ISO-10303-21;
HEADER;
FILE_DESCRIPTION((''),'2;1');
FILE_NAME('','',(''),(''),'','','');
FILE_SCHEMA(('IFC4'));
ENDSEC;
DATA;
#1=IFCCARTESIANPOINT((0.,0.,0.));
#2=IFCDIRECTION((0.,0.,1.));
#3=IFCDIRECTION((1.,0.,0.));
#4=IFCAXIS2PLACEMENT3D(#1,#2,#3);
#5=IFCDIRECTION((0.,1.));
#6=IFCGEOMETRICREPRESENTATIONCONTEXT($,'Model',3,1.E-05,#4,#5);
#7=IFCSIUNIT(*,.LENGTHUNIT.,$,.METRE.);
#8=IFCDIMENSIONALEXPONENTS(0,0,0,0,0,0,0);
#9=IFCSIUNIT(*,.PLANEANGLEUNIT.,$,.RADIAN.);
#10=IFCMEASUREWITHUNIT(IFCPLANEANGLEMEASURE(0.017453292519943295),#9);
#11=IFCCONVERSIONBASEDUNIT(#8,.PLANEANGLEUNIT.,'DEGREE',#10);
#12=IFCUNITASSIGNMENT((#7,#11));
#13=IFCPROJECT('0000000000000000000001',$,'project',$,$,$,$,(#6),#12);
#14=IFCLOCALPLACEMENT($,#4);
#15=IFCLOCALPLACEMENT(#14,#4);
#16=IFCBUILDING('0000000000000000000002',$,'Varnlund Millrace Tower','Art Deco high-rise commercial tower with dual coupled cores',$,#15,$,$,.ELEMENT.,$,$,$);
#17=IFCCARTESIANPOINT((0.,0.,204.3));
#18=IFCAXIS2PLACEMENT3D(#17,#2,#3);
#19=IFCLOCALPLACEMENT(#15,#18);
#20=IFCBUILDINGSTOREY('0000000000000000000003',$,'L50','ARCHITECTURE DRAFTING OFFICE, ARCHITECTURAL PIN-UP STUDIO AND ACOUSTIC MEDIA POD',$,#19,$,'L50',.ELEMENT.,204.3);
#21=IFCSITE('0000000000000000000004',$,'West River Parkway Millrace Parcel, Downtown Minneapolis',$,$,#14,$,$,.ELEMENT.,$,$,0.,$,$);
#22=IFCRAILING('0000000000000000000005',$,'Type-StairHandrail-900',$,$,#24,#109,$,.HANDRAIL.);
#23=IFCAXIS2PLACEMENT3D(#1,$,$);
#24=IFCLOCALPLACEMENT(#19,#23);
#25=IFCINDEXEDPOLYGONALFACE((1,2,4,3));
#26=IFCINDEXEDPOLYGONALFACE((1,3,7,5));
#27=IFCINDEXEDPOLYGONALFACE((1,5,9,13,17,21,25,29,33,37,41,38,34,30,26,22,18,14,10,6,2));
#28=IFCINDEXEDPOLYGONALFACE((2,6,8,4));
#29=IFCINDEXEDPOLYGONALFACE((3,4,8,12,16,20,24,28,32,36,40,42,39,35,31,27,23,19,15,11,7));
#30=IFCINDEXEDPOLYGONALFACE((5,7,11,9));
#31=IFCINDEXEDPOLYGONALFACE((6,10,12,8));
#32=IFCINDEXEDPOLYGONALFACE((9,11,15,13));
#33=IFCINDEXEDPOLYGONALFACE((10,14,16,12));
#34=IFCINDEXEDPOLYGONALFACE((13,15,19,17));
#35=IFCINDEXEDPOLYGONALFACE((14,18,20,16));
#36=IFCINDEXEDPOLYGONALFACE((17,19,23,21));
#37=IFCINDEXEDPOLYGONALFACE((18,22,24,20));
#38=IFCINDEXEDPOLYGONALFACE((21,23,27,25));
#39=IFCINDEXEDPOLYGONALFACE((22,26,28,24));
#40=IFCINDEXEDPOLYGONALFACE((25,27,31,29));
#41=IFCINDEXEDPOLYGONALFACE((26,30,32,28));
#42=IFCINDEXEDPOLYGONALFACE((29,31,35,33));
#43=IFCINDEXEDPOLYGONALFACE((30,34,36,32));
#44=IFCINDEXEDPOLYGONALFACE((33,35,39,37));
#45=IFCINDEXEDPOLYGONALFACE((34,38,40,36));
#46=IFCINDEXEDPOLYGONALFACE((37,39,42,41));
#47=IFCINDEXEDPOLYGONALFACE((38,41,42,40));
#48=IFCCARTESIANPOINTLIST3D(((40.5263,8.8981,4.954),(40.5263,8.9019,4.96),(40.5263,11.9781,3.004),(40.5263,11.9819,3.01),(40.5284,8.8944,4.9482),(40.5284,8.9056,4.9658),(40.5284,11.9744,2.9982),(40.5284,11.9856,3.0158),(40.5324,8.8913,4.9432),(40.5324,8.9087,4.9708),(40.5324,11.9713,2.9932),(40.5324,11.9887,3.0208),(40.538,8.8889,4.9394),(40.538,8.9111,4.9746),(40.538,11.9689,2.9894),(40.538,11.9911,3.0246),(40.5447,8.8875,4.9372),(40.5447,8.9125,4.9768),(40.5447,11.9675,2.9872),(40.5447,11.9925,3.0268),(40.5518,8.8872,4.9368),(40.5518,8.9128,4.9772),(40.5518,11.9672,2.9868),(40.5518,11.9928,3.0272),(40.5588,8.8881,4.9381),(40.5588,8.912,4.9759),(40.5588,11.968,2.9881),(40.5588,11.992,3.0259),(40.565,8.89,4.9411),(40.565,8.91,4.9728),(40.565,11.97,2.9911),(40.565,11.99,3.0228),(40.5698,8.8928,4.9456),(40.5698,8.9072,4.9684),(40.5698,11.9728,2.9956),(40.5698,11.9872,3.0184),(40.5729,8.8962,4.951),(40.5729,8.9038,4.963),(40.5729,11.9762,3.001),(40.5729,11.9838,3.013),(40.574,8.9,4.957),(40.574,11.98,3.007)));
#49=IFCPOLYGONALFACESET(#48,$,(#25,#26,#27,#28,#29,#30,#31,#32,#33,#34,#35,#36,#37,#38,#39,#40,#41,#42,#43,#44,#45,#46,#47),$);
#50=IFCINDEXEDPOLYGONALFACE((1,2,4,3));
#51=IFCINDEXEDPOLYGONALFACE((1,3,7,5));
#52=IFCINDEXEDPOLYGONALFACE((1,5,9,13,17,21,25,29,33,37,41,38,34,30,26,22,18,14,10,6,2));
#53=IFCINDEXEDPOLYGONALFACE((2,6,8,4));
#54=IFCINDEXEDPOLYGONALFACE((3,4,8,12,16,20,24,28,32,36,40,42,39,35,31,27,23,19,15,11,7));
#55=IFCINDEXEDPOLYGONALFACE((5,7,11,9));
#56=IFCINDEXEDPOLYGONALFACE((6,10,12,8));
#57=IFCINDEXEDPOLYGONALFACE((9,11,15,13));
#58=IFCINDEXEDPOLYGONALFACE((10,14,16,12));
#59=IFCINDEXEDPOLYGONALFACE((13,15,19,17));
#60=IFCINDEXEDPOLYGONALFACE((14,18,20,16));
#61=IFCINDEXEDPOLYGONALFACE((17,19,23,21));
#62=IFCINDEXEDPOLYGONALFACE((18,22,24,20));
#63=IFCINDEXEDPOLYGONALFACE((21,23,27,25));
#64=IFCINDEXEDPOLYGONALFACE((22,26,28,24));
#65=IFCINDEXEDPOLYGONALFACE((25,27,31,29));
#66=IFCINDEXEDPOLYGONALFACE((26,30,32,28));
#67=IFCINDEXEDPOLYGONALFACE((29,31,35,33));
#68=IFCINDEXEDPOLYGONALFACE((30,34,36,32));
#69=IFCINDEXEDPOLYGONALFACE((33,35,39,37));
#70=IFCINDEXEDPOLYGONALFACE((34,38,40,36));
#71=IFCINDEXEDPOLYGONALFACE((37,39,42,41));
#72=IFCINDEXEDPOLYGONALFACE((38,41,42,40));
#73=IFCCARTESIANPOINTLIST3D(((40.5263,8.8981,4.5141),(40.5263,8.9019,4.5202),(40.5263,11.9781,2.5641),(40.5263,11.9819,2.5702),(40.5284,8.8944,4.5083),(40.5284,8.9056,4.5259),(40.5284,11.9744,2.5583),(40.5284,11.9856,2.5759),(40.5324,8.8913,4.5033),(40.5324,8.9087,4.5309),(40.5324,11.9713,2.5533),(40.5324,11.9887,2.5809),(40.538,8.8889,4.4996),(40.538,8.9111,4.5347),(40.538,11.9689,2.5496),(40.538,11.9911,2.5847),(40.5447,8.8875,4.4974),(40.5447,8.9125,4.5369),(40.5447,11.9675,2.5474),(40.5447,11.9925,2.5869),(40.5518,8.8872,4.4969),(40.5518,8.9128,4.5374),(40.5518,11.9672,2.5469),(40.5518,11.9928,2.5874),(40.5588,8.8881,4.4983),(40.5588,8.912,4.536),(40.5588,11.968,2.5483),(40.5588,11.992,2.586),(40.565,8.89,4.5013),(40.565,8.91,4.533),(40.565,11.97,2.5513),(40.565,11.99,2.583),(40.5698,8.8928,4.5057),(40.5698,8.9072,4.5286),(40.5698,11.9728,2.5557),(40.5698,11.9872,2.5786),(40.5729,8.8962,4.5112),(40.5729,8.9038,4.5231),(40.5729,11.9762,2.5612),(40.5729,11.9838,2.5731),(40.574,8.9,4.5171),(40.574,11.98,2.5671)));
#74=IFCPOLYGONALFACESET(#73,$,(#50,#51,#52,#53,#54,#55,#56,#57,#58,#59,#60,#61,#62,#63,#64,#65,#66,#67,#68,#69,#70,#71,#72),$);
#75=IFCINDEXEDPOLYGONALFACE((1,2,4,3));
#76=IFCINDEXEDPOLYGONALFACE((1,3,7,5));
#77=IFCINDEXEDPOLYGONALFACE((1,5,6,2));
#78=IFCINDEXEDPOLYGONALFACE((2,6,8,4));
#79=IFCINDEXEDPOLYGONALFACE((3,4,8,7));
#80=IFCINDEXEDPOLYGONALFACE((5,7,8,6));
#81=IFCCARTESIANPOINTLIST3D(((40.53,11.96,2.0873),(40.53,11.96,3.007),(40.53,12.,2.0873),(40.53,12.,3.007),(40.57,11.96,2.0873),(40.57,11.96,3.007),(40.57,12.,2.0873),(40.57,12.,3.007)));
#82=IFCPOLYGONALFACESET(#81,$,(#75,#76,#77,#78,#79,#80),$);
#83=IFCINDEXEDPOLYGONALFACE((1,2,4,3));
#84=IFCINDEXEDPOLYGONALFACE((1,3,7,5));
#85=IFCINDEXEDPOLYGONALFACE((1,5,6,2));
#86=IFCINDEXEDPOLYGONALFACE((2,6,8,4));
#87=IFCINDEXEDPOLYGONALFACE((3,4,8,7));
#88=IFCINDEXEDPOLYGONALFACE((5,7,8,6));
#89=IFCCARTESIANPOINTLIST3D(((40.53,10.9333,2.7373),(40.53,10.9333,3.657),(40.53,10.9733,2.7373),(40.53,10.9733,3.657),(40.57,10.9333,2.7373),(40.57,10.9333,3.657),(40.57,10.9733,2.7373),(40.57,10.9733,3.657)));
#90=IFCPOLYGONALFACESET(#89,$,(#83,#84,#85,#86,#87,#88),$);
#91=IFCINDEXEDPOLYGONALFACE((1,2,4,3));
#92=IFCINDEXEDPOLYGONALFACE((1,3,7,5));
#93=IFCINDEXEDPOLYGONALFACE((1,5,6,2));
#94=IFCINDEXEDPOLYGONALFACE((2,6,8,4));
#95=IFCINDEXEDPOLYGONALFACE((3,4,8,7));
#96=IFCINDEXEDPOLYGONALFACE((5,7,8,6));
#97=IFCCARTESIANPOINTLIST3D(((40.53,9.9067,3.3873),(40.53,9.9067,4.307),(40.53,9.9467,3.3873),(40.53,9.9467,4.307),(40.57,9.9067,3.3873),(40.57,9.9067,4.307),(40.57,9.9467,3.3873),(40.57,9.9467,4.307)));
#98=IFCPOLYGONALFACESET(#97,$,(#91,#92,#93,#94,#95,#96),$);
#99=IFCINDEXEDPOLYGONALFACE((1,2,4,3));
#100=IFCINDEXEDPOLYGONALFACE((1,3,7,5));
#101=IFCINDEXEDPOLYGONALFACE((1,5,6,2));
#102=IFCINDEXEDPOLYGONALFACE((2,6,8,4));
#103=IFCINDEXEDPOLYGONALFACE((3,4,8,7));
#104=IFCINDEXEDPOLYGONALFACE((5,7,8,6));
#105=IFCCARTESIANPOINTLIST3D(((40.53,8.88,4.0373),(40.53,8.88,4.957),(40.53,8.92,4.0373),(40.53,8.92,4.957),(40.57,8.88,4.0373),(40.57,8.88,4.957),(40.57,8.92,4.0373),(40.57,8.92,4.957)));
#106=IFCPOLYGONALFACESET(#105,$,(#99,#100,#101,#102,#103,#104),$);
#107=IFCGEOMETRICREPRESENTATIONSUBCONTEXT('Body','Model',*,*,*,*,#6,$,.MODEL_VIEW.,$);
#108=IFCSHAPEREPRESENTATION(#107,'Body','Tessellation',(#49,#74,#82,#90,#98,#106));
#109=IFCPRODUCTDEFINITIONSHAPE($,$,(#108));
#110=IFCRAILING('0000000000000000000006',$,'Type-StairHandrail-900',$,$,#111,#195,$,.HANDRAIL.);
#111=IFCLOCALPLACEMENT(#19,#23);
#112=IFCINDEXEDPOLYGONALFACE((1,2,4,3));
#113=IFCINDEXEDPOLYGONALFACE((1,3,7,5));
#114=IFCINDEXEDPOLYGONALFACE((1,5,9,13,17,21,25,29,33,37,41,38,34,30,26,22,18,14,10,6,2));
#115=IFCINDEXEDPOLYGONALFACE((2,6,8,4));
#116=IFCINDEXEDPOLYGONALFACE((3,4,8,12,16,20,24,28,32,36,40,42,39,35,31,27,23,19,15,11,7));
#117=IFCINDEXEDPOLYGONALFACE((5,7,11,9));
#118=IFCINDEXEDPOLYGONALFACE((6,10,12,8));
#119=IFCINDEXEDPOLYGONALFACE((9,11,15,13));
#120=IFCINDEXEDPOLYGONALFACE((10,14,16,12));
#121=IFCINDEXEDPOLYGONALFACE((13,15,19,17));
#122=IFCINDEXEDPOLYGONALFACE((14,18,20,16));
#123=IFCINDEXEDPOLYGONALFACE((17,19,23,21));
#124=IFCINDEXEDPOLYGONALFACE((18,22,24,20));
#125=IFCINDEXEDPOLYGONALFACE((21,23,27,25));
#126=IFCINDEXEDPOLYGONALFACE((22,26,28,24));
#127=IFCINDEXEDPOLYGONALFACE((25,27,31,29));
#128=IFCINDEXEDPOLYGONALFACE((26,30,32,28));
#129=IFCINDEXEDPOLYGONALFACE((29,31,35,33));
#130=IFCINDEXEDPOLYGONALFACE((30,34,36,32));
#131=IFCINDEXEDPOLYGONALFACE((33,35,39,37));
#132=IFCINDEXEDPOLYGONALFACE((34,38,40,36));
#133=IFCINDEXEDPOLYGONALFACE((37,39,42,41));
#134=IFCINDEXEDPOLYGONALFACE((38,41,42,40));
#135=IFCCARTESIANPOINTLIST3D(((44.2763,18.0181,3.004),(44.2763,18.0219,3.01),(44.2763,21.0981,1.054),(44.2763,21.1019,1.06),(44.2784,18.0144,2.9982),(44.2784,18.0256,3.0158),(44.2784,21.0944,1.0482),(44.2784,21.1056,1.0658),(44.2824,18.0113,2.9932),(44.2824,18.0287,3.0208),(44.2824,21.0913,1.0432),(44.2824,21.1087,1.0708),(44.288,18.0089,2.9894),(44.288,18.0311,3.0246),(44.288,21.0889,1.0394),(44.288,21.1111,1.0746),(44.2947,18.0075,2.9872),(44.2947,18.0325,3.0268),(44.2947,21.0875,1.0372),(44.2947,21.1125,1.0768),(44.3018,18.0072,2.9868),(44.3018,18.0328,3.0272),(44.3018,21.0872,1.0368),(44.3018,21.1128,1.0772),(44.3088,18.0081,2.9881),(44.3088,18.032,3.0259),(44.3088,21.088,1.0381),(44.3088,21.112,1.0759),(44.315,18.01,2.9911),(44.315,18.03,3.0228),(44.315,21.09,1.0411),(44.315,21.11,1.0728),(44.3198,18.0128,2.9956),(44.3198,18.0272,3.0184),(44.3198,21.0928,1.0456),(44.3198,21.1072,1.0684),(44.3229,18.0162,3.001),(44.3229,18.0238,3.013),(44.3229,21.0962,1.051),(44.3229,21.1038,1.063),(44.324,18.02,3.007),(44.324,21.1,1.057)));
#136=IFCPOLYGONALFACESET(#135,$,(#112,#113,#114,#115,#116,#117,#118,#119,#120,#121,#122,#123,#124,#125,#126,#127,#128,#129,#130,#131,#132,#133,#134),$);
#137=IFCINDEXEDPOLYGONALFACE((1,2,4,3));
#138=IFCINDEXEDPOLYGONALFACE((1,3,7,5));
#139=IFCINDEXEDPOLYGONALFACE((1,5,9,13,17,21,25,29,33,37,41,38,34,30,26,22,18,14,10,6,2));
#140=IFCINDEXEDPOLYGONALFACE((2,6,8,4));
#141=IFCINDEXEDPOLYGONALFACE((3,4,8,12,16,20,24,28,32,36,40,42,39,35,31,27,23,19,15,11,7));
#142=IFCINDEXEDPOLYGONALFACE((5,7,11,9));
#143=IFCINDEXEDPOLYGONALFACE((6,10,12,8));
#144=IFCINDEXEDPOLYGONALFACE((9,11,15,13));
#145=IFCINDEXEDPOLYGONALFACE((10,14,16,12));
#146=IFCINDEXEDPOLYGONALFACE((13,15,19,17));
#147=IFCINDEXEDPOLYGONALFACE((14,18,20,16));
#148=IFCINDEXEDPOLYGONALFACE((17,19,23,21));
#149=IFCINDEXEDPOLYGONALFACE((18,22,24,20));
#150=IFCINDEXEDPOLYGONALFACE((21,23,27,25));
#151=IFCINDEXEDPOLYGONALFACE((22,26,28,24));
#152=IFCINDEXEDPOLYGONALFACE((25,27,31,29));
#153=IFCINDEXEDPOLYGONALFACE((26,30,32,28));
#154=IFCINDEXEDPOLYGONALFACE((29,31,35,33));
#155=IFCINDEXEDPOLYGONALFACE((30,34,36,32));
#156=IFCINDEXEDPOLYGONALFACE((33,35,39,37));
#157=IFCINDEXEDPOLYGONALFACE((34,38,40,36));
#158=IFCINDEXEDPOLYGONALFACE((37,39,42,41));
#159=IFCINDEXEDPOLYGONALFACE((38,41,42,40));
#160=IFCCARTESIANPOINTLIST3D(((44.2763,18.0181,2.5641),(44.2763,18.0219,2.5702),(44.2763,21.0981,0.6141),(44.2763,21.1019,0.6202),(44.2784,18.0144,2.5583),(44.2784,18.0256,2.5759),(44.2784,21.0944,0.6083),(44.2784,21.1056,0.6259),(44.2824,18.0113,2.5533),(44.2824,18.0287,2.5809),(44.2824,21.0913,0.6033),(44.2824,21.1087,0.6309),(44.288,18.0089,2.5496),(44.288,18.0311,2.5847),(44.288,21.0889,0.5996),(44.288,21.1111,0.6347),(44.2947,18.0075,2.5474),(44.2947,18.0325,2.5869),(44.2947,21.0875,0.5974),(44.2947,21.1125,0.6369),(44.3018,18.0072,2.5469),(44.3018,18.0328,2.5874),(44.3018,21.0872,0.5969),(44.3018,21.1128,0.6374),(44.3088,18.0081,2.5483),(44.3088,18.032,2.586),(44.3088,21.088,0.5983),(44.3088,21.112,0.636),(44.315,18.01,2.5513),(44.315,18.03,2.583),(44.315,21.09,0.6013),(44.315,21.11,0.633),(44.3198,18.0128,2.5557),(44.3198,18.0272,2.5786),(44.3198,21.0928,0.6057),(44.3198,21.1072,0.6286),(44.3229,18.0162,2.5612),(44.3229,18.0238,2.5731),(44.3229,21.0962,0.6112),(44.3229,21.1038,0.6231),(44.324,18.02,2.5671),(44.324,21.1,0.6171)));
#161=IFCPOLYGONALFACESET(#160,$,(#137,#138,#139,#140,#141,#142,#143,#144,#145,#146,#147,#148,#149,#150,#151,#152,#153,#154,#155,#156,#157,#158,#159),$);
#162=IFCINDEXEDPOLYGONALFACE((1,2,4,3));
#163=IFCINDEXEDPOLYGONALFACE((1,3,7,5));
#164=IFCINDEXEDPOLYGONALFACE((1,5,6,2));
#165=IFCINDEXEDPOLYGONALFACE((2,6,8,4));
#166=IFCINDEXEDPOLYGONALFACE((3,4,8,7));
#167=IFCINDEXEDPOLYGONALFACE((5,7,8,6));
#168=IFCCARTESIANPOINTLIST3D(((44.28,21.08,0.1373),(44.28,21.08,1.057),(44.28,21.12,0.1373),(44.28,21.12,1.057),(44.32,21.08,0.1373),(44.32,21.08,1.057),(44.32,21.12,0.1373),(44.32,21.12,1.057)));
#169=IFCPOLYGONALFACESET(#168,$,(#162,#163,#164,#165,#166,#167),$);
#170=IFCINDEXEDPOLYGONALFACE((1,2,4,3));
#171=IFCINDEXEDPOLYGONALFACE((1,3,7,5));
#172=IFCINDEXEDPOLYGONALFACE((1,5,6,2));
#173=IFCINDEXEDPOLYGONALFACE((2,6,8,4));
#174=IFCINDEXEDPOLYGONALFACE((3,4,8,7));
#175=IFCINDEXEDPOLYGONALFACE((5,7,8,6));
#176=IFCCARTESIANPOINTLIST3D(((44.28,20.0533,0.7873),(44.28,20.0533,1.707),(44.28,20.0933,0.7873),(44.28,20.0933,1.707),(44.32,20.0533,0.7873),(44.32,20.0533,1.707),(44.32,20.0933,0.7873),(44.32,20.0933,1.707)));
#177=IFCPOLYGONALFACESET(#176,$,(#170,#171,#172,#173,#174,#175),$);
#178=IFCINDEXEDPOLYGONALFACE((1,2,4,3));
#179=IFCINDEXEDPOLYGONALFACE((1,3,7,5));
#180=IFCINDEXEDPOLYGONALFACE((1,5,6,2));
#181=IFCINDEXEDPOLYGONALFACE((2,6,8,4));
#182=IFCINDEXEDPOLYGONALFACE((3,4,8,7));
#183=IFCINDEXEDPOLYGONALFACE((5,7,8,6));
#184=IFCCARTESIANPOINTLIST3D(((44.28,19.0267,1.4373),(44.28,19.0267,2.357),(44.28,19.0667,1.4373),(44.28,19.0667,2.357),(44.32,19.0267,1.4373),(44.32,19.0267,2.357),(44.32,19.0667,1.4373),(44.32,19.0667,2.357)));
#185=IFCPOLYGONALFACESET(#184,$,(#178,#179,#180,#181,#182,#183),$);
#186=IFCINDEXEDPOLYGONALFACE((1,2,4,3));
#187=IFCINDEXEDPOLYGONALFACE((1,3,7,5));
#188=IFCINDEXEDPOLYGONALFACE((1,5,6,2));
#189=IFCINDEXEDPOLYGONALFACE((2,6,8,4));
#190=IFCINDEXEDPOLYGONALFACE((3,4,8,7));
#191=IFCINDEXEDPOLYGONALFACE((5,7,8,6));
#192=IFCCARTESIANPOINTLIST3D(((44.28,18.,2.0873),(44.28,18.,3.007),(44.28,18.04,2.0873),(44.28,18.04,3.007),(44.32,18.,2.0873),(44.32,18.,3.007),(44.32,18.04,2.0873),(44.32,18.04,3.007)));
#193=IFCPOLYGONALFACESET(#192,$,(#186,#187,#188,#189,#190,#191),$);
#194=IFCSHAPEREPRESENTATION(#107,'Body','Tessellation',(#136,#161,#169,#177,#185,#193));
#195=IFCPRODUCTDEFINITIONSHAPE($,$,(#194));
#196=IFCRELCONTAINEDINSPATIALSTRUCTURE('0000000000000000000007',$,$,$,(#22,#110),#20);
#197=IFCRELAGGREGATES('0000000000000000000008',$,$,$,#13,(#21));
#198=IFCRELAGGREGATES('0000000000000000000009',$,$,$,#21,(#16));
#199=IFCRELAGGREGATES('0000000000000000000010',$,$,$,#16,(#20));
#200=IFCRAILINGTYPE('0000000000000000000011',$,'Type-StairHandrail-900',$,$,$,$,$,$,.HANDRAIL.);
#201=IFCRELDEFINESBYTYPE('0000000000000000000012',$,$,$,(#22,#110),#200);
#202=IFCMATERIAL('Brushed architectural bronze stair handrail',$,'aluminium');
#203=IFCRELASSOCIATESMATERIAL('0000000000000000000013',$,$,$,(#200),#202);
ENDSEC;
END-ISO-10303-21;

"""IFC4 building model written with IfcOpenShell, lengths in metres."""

from ifc_helpers import new_model, entity, si_unit, converted_unit, direction, frame, origin_with_axes, origin_2d_with_axis, place, context, subcontext, project, spatial, rectangle, circle, extrude, material, type_object, element, save


model = new_model("IFC4")

# Units and contexts
model_context = context("Model", 3, precision=1e-05, world=origin_with_axes(), true_north=direction((0.0, 1.0)))
body_context = subcontext(model_context, "Body", "Model", "MODEL_VIEW")
ifc_project = project(units=[si_unit("LENGTHUNIT", "METRE"), converted_unit("PLANEANGLEUNIT", "DEGREE", entity("IfcPlaneAngleMeasure", 0.017453292519943295), si_unit("PLANEANGLEUNIT", "RADIAN"), dimensions=[0, 0, 0, 0, 0, 0, 0])], contexts=[model_context])

# Site, building, storey
site_placement = place(None, origin_with_axes())
site = spatial("IfcSite", under=ifc_project, at=site_placement, Name="West River Parkway Millrace Parcel, Downtown Minneapolis", CompositionType="ELEMENT", RefElevation=0.0)
building_placement = place(site_placement, origin_with_axes())
building = spatial("IfcBuilding", under=site, at=building_placement, Name="Varnlund Millrace Tower", Description="Art Deco high-rise commercial tower with dual coupled cores", CompositionType="ELEMENT")
storey_placement = place(building_placement, frame((0.0, 0.0, 204.3), z_axis=(0.0, 0.0, 1.0), x_axis=(1.0, 0.0, 0.0)))
storey = spatial("IfcBuildingStorey", under=building, at=storey_placement, Name="L50", Description="ARCHITECTURE DRAFTING OFFICE, ARCHITECTURAL PIN-UP STUDIO AND ACOUSTIC MEDIA POD", LongName="L50", CompositionType="ELEMENT", Elevation=204.3)

# Railings
ifc_material_1 = material(Name="Brushed architectural bronze stair handrail", Category="aluminium")
railing_type_1 = type_object("IfcRailingType", Name="Type-StairHandrail-900", PredefinedType="HANDRAIL", material=ifc_material_1)
railing_1_placement = place(storey_placement, frame((0.0, 0.0, -204.3), z_axis=(0.0, 0.0, 1.0), x_axis=(1.0, 0.0, 0.0)))
element("IfcRailing", 1, at=railing_1_placement, inside=storey, type_object=railing_type_1, Name="Type-StairHandrail-900", PredefinedType="HANDRAIL", context=body_context, shape_type="SweptSolid", body=[
    extrude(circle(Radius=0.024, at=origin_2d_with_axis()), frame((40.55, 11.98, 207.307), z_axis=(0.0, -0.844902, 0.534922), x_axis=(1.0, 0.0, 0.0)), (0.0, 0.0, 1.0), 3.6454),
    extrude(circle(Radius=0.024, at=origin_2d_with_axis()), frame((40.55, 11.98, 206.8671), z_axis=(0.0, -0.844902, 0.534922), x_axis=(1.0, 0.0, 0.0)), (0.0, 0.0, 1.0), 3.6454),
    extrude(rectangle(XDim=0.04, YDim=0.04, at=origin_2d_with_axis()), frame((40.55, 11.98, 206.3873), z_axis=(0.0, 0.0, 1.0), x_axis=(1.0, 0.0, 0.0)), (0.0, 0.0, 1.0), 0.9197),
    extrude(rectangle(XDim=0.04, YDim=0.04, at=origin_2d_with_axis()), frame((40.55, 10.9533, 207.0373), z_axis=(0.0, 0.0, 1.0), x_axis=(1.0, 0.0, 0.0)), (0.0, 0.0, 1.0), 0.9197),
    extrude(rectangle(XDim=0.04, YDim=0.04, at=origin_2d_with_axis()), frame((40.55, 9.9267, 207.6873), z_axis=(0.0, 0.0, 1.0), x_axis=(1.0, 0.0, 0.0)), (0.0, 0.0, 1.0), 0.9197),
    extrude(rectangle(XDim=0.04, YDim=0.04, at=origin_2d_with_axis()), frame((40.55, 8.9, 208.3373), z_axis=(0.0, 0.0, 1.0), x_axis=(1.0, 0.0, 0.0)), (0.0, 0.0, 1.0), 0.9197),
])
railing_2_placement = place(storey_placement, frame((0.0, 0.0, -204.3), z_axis=(0.0, 0.0, 1.0), x_axis=(1.0, 0.0, 0.0)))
element("IfcRailing", 2, at=railing_2_placement, inside=storey, type_object=railing_type_1, Name="Type-StairHandrail-900", PredefinedType="HANDRAIL", context=body_context, shape_type="SweptSolid", body=[
    extrude(circle(Radius=0.024, at=origin_2d_with_axis()), frame((44.3, 21.1, 205.357), z_axis=(0.0, -0.844902, 0.534922), x_axis=(1.0, 0.0, 0.0)), (0.0, 0.0, 1.0), 3.6454),
    extrude(circle(Radius=0.024, at=origin_2d_with_axis()), frame((44.3, 21.1, 204.9171), z_axis=(0.0, -0.844902, 0.534922), x_axis=(1.0, 0.0, 0.0)), (0.0, 0.0, 1.0), 3.6454),
    extrude(rectangle(XDim=0.04, YDim=0.04, at=origin_2d_with_axis()), frame((44.3, 21.1, 204.4373), z_axis=(0.0, 0.0, 1.0), x_axis=(1.0, 0.0, 0.0)), (0.0, 0.0, 1.0), 0.9197),
    extrude(rectangle(XDim=0.04, YDim=0.04, at=origin_2d_with_axis()), frame((44.3, 20.0733, 205.0873), z_axis=(0.0, 0.0, 1.0), x_axis=(1.0, 0.0, 0.0)), (0.0, 0.0, 1.0), 0.9197),
    extrude(rectangle(XDim=0.04, YDim=0.04, at=origin_2d_with_axis()), frame((44.3, 19.0467, 205.7373), z_axis=(0.0, 0.0, 1.0), x_axis=(1.0, 0.0, 0.0)), (0.0, 0.0, 1.0), 0.9197),
    extrude(rectangle(XDim=0.04, YDim=0.04, at=origin_2d_with_axis()), frame((44.3, 18.02, 206.3873), z_axis=(0.0, 0.0, 1.0), x_axis=(1.0, 0.0, 0.0)), (0.0, 0.0, 1.0), 0.9197),
])

save(model, "model.ifc")
